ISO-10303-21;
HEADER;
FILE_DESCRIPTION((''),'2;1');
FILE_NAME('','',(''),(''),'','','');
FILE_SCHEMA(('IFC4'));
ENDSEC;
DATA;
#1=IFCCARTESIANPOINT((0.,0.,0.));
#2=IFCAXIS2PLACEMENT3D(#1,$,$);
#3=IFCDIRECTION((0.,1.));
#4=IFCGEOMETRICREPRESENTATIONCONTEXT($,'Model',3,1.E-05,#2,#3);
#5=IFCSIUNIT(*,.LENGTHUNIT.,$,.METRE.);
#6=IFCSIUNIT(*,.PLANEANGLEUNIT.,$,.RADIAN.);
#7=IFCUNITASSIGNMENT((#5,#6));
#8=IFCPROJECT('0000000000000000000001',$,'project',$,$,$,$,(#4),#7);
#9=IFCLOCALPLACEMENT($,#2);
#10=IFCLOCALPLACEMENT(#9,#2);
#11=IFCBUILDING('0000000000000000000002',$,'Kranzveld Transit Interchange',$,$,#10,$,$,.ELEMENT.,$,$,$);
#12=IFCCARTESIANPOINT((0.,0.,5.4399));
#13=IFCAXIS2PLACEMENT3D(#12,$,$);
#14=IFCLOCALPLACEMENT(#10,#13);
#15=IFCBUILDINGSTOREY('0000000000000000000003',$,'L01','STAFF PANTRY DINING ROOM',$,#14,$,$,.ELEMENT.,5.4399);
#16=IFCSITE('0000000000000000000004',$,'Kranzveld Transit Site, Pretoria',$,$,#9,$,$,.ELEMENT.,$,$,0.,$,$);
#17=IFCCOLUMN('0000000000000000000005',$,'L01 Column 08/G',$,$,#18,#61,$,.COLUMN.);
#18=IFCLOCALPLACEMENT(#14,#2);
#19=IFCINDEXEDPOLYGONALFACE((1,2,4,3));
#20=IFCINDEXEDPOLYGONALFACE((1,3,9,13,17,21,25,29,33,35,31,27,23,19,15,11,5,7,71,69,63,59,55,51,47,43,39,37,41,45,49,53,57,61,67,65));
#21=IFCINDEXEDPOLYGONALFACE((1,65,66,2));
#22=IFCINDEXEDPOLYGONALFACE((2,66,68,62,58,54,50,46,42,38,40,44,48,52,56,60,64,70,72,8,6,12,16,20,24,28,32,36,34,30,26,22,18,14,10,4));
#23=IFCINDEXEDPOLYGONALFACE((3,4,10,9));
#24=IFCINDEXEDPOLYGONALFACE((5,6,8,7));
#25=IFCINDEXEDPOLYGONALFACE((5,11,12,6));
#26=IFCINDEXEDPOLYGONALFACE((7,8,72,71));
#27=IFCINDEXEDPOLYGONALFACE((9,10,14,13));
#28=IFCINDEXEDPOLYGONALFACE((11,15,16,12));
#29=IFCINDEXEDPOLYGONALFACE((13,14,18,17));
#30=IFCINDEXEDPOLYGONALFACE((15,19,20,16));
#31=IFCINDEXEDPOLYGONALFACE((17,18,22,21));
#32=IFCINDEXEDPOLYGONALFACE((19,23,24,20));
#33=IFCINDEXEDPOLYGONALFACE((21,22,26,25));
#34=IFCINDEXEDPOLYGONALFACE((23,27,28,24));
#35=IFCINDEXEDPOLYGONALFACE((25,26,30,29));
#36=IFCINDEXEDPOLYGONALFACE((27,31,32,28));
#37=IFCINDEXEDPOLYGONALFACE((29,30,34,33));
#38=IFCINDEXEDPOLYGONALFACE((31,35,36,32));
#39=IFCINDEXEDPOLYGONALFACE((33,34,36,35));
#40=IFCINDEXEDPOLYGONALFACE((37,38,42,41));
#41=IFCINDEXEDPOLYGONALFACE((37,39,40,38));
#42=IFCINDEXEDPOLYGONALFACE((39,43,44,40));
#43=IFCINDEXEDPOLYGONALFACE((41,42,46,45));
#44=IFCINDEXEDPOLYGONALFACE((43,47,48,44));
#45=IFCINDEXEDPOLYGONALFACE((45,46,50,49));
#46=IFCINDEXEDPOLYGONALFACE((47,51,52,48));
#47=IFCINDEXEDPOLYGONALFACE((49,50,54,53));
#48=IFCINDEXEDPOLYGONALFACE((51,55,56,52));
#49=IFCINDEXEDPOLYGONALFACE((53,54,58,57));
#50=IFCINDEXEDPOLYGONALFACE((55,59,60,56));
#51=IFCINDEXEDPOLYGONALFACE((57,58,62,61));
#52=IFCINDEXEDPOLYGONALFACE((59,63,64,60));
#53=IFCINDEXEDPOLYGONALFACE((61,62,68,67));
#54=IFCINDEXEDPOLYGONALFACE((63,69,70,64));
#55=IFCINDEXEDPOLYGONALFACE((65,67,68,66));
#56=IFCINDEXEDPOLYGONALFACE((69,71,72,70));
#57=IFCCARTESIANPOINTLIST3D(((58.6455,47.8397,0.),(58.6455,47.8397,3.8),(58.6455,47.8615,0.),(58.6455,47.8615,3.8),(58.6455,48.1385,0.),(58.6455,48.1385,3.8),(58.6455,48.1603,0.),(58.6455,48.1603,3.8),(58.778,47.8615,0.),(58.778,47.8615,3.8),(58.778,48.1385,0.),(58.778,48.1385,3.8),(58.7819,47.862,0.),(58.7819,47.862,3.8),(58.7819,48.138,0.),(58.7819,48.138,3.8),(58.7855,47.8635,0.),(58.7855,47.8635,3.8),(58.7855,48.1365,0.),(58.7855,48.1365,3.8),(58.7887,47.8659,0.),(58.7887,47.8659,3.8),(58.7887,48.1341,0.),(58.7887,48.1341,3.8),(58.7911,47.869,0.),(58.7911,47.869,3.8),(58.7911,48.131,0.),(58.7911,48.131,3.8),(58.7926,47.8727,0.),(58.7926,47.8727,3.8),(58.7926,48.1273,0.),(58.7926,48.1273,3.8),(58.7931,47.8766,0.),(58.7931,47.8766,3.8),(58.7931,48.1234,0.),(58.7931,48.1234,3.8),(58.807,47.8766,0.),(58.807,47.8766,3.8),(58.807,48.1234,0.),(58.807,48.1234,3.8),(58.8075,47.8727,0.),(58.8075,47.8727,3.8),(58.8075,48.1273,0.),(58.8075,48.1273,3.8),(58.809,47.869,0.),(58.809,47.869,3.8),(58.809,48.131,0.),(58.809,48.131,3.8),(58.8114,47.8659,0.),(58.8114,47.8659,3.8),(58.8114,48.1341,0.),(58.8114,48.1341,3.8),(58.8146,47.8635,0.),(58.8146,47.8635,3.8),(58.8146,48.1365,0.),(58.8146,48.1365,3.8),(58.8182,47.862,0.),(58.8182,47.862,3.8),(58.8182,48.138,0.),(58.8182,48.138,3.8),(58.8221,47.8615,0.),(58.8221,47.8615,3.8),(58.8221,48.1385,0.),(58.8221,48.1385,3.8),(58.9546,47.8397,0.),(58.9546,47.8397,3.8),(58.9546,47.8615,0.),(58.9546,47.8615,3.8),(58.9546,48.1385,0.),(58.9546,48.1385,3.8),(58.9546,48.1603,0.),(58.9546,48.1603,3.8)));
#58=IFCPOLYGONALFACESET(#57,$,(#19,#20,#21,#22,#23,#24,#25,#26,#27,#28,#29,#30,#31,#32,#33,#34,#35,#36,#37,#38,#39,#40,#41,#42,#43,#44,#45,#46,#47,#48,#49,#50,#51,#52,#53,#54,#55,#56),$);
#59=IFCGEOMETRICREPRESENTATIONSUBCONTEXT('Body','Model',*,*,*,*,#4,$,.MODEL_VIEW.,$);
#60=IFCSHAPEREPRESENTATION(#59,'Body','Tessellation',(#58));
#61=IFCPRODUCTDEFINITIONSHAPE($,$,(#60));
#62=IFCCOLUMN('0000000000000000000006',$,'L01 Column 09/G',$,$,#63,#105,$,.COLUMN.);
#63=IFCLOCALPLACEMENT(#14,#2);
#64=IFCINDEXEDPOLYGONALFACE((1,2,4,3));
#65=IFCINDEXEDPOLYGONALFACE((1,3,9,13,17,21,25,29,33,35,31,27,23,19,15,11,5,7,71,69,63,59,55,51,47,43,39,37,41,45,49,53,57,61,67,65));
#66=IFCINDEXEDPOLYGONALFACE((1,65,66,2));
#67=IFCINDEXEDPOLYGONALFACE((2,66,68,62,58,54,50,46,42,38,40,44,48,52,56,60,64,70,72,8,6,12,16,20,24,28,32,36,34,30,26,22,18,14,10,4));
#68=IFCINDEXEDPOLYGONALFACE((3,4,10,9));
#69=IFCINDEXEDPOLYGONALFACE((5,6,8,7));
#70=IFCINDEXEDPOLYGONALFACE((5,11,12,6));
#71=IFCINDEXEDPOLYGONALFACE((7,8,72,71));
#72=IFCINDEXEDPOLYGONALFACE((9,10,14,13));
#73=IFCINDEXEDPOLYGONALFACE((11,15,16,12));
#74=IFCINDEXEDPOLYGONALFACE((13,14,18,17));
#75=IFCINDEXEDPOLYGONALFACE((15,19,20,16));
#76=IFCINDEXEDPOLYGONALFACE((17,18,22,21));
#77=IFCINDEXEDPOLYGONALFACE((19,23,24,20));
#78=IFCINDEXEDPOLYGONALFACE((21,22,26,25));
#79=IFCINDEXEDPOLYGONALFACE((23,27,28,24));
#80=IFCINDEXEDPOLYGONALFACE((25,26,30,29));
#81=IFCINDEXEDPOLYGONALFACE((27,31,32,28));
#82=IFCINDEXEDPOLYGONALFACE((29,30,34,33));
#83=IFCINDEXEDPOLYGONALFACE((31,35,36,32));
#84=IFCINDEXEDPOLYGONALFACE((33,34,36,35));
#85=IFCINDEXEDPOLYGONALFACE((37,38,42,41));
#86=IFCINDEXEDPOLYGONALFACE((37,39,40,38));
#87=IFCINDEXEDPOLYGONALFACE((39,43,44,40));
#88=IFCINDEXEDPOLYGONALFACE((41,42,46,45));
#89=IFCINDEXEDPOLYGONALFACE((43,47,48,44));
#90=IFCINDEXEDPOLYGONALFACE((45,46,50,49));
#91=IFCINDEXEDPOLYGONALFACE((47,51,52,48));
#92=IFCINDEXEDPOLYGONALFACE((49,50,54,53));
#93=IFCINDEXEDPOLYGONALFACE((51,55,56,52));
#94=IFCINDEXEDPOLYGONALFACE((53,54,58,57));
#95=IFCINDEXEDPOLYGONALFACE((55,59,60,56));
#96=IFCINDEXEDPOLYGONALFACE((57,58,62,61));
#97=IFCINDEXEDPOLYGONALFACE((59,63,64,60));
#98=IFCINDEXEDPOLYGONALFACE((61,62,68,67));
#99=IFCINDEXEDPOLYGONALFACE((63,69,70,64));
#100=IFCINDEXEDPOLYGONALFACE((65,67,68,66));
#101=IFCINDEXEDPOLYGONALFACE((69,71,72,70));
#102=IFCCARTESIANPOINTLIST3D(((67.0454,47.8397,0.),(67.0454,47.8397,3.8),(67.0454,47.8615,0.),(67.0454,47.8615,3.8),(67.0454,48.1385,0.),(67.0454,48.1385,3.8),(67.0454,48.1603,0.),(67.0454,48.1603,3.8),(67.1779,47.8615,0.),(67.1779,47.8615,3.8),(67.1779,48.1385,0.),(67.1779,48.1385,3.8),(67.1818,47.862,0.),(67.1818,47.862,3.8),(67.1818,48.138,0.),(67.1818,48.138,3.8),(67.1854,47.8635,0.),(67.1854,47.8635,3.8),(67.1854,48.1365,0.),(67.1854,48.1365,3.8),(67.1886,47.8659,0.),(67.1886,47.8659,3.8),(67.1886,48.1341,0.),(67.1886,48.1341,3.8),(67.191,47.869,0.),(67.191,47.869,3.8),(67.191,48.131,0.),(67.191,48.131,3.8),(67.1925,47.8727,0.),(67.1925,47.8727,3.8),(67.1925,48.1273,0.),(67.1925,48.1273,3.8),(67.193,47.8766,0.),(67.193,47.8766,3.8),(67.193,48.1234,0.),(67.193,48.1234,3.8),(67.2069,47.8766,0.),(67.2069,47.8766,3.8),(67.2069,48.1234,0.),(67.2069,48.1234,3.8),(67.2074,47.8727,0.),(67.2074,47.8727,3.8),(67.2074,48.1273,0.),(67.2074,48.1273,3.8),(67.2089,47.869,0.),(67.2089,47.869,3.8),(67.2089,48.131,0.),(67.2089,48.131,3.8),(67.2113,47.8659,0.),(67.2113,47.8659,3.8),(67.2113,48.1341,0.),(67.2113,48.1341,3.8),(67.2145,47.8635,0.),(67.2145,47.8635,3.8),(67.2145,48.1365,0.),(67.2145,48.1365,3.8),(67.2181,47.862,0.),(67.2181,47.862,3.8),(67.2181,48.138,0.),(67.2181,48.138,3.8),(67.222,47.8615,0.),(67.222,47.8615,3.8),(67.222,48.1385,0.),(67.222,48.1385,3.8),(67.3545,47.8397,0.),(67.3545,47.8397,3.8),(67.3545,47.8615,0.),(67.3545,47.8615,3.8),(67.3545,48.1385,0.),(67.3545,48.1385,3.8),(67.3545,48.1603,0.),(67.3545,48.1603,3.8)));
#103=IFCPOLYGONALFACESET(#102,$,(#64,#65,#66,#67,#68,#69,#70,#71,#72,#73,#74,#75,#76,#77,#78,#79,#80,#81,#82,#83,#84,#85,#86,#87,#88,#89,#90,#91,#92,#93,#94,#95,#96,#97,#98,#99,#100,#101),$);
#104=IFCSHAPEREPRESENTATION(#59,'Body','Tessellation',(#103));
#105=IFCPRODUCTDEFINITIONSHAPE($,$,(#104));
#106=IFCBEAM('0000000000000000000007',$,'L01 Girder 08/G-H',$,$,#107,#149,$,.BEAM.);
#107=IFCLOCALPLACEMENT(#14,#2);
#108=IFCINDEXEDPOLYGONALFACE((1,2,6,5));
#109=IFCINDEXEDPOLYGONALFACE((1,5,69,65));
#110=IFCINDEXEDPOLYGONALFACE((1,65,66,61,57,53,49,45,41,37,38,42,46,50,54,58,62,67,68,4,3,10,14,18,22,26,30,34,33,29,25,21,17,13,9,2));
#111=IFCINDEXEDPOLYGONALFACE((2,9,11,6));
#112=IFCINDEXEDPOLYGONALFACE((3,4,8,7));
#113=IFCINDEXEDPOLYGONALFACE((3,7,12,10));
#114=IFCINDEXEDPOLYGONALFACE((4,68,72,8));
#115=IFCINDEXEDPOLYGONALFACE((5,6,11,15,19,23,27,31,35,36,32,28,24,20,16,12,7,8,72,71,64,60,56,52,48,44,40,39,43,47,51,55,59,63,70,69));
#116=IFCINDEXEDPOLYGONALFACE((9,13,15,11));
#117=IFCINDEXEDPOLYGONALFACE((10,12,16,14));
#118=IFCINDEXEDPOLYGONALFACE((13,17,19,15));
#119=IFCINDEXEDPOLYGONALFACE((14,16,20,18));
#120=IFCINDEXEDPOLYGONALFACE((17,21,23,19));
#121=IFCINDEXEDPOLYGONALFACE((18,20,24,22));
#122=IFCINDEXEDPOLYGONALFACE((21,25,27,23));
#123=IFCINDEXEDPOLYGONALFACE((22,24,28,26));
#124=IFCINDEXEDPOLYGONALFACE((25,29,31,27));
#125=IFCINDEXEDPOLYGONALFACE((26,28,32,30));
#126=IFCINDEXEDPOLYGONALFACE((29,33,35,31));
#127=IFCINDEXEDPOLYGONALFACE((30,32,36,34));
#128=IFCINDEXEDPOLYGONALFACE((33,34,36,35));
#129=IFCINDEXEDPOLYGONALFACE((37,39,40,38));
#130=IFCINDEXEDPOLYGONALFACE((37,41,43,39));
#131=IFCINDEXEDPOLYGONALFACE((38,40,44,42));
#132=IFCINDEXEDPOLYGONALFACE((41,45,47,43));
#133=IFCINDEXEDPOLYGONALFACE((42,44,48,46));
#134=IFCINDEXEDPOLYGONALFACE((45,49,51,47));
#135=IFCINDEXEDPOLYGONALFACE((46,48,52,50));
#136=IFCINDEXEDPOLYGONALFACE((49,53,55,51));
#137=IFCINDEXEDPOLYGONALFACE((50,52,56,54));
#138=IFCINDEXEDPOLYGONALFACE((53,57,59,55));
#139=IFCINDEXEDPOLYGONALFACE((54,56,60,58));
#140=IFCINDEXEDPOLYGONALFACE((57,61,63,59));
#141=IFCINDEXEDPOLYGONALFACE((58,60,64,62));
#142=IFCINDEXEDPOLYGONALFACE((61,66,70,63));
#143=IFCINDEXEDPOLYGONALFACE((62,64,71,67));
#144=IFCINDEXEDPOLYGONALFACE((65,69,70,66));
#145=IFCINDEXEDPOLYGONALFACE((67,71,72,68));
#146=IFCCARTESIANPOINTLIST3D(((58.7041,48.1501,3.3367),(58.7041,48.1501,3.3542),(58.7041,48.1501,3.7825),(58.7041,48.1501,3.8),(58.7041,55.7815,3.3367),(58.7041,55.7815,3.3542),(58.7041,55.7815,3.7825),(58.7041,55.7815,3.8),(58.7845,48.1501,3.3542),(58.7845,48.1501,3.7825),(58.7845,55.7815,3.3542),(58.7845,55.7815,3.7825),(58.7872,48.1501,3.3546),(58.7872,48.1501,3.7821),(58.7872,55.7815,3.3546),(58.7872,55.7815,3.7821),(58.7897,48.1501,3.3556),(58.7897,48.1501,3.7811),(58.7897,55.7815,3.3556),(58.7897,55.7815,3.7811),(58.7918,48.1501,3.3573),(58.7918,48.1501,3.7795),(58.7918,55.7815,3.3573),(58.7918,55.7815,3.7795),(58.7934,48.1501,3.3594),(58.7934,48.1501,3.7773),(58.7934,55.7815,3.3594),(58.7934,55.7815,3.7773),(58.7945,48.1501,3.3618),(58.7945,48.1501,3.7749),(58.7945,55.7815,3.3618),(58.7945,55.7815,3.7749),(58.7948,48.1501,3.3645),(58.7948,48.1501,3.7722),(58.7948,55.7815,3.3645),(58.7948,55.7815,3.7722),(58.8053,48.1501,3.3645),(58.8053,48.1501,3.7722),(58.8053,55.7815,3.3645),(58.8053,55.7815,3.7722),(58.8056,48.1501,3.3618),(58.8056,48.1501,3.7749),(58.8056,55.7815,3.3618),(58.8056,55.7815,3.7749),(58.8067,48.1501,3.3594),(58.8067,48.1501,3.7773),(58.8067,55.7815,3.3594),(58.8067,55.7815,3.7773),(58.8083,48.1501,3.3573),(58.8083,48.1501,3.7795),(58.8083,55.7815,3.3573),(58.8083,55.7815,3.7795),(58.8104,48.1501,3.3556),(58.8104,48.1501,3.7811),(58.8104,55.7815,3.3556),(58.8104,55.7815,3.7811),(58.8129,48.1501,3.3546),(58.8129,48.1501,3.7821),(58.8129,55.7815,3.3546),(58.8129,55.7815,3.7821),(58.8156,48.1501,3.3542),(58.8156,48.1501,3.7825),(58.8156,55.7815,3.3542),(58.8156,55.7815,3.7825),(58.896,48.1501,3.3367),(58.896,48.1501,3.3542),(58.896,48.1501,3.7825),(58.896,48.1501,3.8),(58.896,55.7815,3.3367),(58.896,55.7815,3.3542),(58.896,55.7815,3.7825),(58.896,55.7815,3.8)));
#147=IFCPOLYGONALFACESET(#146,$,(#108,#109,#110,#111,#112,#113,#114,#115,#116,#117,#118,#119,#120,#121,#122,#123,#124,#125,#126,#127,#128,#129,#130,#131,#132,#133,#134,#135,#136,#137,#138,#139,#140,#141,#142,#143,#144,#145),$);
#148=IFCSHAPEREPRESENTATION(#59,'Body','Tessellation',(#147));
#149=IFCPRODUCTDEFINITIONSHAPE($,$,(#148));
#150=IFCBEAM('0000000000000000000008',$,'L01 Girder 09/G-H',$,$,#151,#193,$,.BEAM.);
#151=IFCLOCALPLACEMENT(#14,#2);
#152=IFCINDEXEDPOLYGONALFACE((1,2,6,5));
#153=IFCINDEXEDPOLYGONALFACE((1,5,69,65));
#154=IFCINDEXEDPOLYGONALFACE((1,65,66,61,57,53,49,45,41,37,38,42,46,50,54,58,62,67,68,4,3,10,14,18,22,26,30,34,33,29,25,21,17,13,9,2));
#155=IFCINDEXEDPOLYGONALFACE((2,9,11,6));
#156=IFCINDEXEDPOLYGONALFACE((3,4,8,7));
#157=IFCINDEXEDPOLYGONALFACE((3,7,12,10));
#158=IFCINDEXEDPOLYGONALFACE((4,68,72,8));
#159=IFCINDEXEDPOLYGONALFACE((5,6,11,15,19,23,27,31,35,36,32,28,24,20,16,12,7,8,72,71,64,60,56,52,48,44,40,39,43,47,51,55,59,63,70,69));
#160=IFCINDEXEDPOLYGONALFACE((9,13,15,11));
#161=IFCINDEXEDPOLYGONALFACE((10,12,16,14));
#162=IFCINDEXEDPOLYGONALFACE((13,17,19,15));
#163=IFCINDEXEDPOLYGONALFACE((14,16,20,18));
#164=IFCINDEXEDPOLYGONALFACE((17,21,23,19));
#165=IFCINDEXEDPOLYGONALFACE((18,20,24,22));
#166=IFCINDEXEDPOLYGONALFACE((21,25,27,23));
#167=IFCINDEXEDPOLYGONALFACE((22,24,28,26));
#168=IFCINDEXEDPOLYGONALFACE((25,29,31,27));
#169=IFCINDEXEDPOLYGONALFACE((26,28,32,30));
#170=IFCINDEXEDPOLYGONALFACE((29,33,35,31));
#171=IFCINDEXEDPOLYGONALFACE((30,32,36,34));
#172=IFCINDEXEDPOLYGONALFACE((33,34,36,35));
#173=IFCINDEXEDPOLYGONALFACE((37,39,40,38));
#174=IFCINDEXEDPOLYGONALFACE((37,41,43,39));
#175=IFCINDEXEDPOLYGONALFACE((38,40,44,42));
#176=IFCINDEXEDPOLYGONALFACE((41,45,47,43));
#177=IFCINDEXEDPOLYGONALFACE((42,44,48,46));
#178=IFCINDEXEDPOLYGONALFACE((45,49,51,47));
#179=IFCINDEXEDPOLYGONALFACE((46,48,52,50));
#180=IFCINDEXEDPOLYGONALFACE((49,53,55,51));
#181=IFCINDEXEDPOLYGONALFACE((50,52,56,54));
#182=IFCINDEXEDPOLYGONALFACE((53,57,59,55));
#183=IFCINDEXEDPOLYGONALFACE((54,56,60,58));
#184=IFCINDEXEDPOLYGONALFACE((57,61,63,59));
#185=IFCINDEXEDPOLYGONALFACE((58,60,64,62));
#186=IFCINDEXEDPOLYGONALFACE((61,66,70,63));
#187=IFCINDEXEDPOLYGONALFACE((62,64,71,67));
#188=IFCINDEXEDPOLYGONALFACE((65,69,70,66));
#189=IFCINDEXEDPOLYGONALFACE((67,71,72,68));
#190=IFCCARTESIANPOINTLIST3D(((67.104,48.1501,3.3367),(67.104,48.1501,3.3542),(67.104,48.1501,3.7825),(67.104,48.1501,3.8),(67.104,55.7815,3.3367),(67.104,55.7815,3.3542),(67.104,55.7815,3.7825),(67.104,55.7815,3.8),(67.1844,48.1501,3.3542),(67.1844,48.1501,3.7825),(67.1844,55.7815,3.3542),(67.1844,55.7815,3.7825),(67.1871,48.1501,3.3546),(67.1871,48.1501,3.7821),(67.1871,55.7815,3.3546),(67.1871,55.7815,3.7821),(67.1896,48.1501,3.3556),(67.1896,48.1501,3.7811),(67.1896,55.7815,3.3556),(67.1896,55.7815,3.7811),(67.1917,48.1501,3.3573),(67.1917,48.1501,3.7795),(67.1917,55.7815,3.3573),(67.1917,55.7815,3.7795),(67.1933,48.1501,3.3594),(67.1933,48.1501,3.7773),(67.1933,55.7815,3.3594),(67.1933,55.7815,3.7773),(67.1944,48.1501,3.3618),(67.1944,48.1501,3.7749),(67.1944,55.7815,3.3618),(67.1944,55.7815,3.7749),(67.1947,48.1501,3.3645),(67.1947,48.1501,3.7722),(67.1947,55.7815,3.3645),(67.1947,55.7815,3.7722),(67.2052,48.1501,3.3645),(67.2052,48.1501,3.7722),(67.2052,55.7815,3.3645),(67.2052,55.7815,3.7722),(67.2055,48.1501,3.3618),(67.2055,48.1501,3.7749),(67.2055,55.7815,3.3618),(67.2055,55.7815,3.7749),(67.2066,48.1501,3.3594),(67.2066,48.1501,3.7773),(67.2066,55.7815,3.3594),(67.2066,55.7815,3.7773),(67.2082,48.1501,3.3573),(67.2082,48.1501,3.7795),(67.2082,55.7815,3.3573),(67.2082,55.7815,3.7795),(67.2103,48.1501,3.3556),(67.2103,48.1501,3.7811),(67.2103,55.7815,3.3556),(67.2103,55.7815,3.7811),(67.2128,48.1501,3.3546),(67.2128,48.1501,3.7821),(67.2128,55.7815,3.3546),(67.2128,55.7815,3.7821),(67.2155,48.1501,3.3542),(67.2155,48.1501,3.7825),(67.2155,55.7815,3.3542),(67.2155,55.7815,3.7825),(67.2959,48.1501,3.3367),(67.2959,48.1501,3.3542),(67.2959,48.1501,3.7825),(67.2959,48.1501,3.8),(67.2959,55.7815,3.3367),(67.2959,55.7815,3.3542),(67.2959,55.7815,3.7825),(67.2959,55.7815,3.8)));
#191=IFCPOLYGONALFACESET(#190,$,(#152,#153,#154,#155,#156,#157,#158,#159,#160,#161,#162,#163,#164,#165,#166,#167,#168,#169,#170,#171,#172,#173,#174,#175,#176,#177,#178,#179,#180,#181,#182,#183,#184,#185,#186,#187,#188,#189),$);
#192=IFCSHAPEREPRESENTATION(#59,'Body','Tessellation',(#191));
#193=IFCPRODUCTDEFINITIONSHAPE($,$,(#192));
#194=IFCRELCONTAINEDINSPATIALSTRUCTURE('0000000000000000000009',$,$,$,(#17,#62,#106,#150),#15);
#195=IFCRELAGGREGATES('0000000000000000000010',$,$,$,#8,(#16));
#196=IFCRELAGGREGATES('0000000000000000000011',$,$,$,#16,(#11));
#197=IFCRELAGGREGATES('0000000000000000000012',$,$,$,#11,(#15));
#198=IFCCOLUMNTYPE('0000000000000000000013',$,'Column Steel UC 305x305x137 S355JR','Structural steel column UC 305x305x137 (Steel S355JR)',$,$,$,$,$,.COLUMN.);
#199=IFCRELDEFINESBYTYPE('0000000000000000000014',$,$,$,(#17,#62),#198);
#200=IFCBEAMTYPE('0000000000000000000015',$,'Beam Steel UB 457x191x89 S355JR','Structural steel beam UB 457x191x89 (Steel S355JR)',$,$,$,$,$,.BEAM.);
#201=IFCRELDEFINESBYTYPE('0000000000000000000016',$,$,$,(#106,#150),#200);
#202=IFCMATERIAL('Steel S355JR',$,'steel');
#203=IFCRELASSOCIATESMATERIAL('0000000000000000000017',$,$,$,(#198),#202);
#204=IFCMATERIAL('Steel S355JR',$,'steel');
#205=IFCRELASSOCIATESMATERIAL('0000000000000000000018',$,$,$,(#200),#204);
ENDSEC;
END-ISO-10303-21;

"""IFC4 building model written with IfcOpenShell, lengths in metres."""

from ifc_helpers import new_model, si_unit, direction, frame, origin, origin_2d, place, context, subcontext, project, spatial, i_section, extrude, material, material_profile, profile_set, type_object, element, save


model = new_model("IFC4")

# Units and contexts
model_context = context("Model", 3, precision=1e-05, world=origin(), true_north=direction((0.0, 1.0)))
body_context = subcontext(model_context, "Body", "Model", "MODEL_VIEW")
ifc_project = project(units=[si_unit("LENGTHUNIT", "METRE"), si_unit("PLANEANGLEUNIT", "RADIAN")], contexts=[model_context])

# Site, building, storey
site_placement = place(None, origin())
site = spatial("IfcSite", under=ifc_project, at=site_placement, Name="Kranzveld Transit Site, Pretoria", CompositionType="ELEMENT", RefElevation=0.0)
building_placement = place(site_placement, origin())
building = spatial("IfcBuilding", under=site, at=building_placement, Name="Kranzveld Transit Interchange", CompositionType="ELEMENT")
storey_placement = place(building_placement, frame((0.0, 0.0, 5.4399)))
storey = spatial("IfcBuildingStorey", under=building, at=storey_placement, Name="L01", Description="STAFF PANTRY DINING ROOM", CompositionType="ELEMENT", Elevation=5.4399)

# Columns
ifc_material_1 = material(Name="Steel S355JR", Category="steel")
ifc_material_profile_1 = material_profile(ifc_material_1, i_section(OverallWidth=0.3091, OverallDepth=0.3206, WebThickness=0.0139, FlangeThickness=0.0217, FilletRadius=0.0151, at=origin_2d()), Name="UC 305x305x137")
ifc_profile_set_1 = profile_set([ifc_material_profile_1], Name="Steel S355JR")
column_type = type_object("IfcColumnType", Name="Column Steel UC 305x305x137 S355JR", Description="Structural steel column UC 305x305x137 (Steel S355JR)", PredefinedType="COLUMN", material=ifc_profile_set_1)
for number, where, z_axis, x_axis, name in (
    (1, (58.8, 48.0, 0.0), (0.0, 0.0, 1.0), (1.0, 0.0, 0.0), "L01 Column 08/G"),
    (2, (67.2, 48.0, 0.0), (0.0, 0.0, 1.0), (1.0, 0.0, 0.0), "L01 Column 09/G"),
):
    element("IfcColumn", number, at=place(storey_placement, frame(where, z_axis=z_axis, x_axis=x_axis)), inside=storey, type_object=column_type, Name=name, PredefinedType="COLUMN", context=body_context, shape_type="SweptSolid", body=[
        extrude(i_section(OverallWidth=0.3091, OverallDepth=0.3206, WebThickness=0.0139, FlangeThickness=0.0217, FilletRadius=0.0151, at=origin_2d()), origin(), (0.0, 0.0, 1.0), 3.8),
    ])

# Beams
ifc_material_2 = material(Name="Steel S355JR", Category="steel")
ifc_material_profile_2 = material_profile(ifc_material_2, i_section(OverallWidth=0.1919, OverallDepth=0.4634, WebThickness=0.0105, FlangeThickness=0.0176, FilletRadius=0.0103, at=origin_2d()), Name="UB 457x191x89")
ifc_profile_set_2 = profile_set([ifc_material_profile_2], Name="Steel S355JR")
beam_type_1 = type_object("IfcBeamType", Name="Beam Steel UB 457x191x89 S355JR", Description="Structural steel beam UB 457x191x89 (Steel S355JR)", PredefinedType="BEAM", material=ifc_profile_set_2)
for number, where, z_axis, x_axis, name in (
    (3, (58.8, 48.1501, 3.5684), (0.0, 1.0, 0.0), (-1.0, 0.0, 0.0), "L01 Girder 08/G-H"),
    (4, (67.2, 48.1501, 3.5684), (0.0, 1.0, 0.0), (-1.0, 0.0, 0.0), "L01 Girder 09/G-H"),
):
    element("IfcBeam", number, at=place(storey_placement, frame(where, z_axis=z_axis, x_axis=x_axis)), inside=storey, type_object=beam_type_1, Name=name, PredefinedType="BEAM", context=body_context, shape_type="SweptSolid", body=[
        extrude(i_section(OverallWidth=0.1919, OverallDepth=0.4634, WebThickness=0.0105, FlangeThickness=0.0176, FilletRadius=0.0103, at=origin_2d()), origin(), (0.0, 0.0, 1.0), 7.6313),
    ])

save(model, "model.ifc")
